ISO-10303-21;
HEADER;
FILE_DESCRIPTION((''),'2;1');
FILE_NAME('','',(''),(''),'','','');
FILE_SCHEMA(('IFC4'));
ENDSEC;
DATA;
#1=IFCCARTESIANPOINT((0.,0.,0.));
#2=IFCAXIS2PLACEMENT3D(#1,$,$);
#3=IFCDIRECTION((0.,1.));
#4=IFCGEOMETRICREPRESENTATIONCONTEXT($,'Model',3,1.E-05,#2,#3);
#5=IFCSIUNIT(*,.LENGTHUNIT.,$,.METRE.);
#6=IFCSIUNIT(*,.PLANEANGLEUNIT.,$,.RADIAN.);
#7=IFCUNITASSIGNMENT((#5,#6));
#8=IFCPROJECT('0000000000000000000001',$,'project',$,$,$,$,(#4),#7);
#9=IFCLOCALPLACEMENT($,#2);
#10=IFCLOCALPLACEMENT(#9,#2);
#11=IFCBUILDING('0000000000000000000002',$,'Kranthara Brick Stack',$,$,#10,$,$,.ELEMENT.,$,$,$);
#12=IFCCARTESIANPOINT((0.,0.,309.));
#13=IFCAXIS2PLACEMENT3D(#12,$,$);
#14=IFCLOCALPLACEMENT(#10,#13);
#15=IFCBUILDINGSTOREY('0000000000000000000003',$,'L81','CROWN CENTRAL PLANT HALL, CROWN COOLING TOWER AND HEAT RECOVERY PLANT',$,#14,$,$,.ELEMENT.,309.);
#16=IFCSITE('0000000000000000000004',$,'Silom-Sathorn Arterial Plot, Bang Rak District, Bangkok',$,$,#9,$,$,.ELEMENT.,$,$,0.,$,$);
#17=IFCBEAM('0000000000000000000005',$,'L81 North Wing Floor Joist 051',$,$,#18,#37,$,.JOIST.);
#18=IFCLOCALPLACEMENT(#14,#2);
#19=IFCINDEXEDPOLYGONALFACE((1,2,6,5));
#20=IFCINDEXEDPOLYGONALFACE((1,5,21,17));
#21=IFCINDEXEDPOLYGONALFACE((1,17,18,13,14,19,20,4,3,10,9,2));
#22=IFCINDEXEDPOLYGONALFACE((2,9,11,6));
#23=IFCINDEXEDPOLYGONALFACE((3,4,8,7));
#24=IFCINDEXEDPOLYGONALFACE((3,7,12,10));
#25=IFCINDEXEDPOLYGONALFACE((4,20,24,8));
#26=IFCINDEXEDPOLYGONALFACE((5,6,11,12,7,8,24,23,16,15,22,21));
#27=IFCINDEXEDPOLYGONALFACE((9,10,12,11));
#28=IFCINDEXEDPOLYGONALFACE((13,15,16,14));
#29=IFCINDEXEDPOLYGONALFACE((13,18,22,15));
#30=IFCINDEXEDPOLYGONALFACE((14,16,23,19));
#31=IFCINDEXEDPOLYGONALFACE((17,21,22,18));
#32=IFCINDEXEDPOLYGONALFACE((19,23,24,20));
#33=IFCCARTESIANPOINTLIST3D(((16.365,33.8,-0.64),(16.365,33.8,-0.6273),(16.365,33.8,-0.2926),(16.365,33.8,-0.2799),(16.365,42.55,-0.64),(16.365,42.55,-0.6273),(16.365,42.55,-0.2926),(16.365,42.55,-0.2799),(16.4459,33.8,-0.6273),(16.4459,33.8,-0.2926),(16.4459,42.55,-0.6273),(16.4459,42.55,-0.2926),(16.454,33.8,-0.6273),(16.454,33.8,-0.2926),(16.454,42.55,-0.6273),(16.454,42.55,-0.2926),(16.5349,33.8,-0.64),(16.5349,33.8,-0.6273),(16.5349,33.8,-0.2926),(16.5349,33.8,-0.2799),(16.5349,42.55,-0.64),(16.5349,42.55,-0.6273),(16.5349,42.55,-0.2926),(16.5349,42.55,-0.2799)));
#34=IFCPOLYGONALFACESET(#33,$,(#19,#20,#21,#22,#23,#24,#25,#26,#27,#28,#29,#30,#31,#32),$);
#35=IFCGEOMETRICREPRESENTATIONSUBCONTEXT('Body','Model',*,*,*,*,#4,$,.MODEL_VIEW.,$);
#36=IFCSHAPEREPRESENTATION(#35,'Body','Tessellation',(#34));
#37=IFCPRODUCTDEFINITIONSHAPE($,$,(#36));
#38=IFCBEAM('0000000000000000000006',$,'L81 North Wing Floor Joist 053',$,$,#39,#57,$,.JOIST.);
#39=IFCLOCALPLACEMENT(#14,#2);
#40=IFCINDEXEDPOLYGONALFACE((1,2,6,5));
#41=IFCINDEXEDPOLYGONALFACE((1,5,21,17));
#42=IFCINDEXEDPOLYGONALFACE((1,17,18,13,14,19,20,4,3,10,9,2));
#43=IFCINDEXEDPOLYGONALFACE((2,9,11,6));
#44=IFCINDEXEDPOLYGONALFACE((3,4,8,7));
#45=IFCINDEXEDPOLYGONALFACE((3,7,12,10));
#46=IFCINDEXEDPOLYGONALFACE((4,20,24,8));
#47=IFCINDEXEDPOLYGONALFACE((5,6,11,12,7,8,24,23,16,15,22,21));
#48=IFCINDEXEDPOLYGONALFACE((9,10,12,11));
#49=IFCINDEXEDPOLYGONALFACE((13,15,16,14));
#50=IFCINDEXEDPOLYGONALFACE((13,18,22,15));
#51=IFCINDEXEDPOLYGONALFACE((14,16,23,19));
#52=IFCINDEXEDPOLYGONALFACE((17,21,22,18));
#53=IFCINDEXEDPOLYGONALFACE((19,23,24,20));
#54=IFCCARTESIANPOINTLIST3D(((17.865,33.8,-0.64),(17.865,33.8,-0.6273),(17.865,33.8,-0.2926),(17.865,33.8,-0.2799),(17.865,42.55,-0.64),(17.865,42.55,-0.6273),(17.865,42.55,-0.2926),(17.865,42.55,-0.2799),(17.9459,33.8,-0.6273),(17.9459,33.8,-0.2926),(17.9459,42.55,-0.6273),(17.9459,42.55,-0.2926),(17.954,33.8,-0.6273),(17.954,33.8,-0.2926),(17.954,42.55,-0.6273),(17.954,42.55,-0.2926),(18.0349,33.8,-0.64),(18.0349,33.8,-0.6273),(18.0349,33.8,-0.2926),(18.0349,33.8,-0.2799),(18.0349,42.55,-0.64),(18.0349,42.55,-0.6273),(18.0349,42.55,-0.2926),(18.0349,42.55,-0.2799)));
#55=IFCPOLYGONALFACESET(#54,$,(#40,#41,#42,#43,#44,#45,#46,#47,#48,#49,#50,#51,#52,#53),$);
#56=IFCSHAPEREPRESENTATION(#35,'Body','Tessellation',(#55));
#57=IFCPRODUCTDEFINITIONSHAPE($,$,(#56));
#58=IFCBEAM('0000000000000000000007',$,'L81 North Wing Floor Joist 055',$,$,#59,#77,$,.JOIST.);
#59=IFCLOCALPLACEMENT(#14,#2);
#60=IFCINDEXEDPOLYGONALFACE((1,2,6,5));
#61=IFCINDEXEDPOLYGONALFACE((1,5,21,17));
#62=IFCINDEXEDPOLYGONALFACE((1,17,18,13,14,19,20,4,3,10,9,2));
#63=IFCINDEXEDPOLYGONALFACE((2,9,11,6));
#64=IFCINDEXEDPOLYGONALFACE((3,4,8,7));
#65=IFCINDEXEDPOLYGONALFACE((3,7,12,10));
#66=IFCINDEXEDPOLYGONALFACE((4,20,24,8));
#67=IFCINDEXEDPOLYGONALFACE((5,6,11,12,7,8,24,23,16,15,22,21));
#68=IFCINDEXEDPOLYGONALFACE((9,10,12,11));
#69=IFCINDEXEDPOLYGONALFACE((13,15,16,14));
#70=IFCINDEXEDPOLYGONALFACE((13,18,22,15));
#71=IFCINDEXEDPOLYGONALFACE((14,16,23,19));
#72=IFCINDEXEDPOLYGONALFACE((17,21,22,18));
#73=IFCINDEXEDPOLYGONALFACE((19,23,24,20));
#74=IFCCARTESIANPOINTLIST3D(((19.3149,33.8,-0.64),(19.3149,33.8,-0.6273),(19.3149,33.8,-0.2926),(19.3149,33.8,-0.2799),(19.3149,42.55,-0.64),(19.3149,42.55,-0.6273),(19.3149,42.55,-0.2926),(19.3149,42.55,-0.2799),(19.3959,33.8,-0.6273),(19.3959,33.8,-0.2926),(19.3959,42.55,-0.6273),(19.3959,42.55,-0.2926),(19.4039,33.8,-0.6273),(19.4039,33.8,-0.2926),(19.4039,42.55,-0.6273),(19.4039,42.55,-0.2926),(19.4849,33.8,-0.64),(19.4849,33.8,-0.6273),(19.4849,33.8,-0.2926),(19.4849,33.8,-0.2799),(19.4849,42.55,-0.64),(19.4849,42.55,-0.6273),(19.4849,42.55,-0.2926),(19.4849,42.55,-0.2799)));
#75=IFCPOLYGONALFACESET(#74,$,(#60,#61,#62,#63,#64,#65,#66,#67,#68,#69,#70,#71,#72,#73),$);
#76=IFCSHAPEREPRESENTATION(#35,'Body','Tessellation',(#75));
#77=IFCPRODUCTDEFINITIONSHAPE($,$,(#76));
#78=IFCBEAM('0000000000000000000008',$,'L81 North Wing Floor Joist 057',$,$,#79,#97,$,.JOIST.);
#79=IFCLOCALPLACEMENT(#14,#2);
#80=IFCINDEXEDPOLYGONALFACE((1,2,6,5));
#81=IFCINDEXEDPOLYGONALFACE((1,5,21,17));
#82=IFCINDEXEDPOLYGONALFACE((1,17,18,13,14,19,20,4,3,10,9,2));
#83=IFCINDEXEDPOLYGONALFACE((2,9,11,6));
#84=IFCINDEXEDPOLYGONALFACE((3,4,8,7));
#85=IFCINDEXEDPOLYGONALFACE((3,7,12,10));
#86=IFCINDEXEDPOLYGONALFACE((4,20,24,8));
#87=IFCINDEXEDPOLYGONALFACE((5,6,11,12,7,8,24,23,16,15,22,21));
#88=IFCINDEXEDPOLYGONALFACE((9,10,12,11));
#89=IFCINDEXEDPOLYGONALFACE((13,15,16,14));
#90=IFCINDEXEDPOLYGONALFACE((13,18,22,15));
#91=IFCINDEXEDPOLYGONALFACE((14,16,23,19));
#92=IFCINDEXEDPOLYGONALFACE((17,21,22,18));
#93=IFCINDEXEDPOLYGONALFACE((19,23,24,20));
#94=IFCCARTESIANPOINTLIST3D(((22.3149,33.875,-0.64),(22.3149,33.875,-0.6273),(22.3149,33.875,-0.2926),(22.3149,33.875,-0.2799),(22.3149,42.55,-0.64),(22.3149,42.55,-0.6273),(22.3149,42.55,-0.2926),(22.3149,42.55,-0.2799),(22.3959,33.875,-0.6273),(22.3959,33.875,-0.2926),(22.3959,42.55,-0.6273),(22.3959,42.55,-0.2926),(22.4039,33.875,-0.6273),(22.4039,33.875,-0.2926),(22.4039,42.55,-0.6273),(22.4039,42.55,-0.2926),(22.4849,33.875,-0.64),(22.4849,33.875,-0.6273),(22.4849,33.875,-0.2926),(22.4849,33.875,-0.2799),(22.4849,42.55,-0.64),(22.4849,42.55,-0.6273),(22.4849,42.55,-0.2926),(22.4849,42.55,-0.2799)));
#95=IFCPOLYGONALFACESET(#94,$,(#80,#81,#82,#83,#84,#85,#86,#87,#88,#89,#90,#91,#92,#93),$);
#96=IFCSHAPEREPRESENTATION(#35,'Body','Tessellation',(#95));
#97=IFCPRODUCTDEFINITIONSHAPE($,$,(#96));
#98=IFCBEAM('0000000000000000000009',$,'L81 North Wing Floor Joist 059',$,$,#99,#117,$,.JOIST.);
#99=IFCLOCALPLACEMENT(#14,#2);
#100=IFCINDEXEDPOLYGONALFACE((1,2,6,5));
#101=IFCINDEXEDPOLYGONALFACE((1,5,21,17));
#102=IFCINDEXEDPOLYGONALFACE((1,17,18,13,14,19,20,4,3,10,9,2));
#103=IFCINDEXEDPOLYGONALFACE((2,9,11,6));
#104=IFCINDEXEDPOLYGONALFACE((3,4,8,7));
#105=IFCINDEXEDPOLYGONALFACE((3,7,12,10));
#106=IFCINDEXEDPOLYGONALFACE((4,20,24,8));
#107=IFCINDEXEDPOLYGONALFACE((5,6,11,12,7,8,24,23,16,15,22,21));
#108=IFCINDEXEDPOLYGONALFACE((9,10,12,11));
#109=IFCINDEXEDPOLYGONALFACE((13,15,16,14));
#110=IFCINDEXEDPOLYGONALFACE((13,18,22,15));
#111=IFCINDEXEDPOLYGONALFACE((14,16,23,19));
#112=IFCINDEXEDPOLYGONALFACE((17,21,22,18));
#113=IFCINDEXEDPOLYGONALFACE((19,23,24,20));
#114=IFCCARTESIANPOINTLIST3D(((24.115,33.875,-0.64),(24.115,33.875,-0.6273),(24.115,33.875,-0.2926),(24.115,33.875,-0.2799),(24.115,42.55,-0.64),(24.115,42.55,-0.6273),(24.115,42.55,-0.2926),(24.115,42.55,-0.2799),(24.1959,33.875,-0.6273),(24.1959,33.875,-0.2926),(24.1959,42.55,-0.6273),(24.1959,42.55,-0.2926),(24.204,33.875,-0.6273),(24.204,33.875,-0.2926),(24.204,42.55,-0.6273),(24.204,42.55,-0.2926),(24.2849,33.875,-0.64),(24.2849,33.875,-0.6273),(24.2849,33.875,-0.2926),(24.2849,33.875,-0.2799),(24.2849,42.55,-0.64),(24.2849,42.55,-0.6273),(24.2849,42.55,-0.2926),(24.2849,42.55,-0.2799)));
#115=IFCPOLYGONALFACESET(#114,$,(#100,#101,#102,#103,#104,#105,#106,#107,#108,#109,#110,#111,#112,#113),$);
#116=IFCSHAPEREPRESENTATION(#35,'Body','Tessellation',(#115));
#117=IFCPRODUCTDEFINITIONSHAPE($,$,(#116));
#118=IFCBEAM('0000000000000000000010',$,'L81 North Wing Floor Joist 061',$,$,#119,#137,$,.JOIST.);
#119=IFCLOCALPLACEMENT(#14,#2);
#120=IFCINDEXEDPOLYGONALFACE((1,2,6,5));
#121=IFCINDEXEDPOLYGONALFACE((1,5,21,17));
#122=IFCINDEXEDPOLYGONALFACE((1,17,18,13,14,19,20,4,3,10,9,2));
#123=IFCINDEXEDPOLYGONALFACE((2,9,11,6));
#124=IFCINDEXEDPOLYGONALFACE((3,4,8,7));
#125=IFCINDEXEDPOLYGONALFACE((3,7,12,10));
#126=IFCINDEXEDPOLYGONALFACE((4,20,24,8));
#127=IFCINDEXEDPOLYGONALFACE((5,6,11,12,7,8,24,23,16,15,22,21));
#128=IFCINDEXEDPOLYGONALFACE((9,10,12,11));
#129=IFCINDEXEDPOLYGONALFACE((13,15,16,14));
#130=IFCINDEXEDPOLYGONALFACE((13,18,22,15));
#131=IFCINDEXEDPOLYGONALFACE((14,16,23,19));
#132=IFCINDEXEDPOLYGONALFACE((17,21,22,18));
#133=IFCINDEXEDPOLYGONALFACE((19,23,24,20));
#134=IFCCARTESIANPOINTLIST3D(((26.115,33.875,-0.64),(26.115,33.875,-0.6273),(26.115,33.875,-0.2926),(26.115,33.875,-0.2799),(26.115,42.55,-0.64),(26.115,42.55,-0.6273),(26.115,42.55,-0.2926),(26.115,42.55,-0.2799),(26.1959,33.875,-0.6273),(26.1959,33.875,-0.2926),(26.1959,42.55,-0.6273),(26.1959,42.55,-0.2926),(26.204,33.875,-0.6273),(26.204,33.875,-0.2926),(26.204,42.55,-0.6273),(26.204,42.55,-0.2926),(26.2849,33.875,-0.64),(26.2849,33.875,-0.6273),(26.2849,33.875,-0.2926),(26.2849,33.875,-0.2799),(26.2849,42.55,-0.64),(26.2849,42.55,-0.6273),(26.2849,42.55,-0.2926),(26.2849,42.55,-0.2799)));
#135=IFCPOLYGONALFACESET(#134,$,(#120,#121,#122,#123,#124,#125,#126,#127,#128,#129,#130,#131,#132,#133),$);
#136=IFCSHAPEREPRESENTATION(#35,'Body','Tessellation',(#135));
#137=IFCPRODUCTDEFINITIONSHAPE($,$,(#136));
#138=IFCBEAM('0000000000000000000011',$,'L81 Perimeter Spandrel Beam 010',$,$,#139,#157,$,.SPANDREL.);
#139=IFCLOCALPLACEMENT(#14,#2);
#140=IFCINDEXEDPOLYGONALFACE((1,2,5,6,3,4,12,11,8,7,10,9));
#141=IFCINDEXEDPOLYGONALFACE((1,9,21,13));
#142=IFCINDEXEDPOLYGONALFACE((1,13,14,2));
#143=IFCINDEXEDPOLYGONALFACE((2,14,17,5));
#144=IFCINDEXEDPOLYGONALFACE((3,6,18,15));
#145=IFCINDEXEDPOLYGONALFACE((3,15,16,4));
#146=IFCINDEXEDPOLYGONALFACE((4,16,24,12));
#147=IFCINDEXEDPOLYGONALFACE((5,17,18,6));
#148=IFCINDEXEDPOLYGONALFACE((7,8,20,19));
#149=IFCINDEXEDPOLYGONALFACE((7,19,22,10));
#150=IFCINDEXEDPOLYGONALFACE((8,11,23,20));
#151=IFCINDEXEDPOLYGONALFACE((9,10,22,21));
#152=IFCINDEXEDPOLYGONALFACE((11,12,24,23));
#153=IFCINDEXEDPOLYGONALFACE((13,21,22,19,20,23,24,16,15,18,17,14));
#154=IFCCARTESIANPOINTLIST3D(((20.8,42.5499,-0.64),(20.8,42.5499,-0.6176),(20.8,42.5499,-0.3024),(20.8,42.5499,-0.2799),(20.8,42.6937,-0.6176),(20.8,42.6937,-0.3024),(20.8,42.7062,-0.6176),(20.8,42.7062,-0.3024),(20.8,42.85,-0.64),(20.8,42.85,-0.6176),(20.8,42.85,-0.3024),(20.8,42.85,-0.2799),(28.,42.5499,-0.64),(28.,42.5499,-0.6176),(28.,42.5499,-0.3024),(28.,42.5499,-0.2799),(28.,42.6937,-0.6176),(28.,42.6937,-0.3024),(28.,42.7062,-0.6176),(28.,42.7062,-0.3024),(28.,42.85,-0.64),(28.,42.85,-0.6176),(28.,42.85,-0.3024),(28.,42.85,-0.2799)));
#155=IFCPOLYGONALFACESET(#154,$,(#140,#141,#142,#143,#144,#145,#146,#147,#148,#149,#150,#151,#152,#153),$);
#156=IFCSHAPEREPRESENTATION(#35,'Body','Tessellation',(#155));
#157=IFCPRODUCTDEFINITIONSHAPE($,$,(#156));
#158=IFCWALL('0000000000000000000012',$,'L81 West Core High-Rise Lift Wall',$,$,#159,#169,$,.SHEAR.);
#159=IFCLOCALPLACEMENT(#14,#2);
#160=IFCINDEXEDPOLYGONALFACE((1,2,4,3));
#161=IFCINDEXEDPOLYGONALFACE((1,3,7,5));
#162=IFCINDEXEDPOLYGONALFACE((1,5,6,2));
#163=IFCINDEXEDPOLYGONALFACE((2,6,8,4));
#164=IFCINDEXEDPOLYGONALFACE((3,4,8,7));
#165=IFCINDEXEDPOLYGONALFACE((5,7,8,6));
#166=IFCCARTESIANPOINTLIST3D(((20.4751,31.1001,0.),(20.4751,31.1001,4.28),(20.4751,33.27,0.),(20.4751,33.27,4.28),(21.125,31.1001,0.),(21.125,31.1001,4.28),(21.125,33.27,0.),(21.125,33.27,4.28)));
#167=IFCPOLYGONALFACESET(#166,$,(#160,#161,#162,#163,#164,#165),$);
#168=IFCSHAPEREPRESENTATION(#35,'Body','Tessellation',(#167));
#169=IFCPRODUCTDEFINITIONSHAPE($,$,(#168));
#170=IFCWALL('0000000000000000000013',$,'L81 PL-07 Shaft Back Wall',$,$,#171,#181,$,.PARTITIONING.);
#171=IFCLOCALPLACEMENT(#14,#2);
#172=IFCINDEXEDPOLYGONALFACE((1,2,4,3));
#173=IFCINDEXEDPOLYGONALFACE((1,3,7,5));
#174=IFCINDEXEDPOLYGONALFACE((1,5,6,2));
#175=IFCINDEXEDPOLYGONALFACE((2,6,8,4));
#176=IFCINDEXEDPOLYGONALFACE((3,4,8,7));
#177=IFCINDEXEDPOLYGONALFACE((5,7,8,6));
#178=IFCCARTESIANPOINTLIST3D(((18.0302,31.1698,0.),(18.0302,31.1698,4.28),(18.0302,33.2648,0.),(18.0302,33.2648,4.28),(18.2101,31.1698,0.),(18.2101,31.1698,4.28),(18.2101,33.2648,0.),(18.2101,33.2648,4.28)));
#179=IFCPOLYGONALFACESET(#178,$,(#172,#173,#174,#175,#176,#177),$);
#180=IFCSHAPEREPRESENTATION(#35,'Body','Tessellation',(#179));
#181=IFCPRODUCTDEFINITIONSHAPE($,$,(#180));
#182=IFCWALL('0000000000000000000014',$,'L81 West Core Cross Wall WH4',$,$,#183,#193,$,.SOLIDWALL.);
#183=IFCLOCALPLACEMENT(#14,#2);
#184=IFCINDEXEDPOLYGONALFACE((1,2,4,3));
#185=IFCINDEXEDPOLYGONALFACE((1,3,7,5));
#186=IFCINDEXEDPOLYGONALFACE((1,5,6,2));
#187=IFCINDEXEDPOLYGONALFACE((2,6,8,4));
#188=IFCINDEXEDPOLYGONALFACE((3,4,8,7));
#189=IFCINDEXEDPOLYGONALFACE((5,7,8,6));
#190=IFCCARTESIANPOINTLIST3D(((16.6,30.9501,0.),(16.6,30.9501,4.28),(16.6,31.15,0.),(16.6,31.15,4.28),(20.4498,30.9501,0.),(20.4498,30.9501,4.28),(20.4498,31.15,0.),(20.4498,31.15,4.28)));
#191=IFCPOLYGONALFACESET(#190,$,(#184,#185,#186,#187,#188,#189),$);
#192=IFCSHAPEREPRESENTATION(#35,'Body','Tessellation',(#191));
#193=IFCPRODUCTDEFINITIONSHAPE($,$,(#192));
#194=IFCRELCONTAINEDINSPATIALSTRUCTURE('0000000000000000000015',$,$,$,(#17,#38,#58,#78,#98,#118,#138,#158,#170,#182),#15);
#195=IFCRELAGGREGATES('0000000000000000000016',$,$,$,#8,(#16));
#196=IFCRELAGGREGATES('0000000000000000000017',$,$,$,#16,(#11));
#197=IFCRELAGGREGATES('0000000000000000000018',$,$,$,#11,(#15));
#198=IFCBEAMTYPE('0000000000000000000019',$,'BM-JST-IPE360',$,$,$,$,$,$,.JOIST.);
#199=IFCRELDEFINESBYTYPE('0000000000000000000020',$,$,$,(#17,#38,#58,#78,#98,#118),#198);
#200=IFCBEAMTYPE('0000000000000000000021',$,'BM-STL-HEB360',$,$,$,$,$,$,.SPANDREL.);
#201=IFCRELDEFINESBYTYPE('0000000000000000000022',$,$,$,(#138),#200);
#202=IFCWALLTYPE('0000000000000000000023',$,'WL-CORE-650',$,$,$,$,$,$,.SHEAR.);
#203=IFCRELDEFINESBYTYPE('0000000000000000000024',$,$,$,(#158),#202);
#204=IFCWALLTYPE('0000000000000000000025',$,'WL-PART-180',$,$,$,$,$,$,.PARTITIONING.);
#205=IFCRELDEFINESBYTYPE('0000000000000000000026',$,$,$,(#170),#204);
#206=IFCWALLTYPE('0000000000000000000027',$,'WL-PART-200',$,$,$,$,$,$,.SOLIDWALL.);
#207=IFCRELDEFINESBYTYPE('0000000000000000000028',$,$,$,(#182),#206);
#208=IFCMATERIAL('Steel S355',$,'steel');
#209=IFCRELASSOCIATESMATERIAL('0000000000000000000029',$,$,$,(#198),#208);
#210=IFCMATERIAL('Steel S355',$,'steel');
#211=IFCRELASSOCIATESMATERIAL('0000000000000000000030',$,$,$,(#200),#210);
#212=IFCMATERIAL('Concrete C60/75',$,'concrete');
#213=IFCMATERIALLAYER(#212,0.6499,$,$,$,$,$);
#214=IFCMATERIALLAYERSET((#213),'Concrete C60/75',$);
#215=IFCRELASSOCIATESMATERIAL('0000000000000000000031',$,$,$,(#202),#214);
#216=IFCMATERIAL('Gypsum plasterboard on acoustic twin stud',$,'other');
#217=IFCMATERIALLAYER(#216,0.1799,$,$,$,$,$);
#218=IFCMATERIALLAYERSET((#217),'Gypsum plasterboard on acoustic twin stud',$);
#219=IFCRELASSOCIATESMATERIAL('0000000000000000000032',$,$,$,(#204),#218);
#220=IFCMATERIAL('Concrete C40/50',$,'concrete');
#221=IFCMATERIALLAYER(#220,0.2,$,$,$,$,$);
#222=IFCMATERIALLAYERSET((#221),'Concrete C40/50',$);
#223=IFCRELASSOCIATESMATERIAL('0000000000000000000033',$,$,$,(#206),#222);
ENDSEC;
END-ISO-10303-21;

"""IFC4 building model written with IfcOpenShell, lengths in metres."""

from ifc_helpers import new_model, si_unit, direction, frame, frame_2d, origin, origin_2d, place, context, subcontext, project, spatial, rectangle, i_section, extrude, material, layer, layer_set, material_profile, profile_set, type_object, element, save


model = new_model("IFC4")

# Units and contexts
model_context = context("Model", 3, precision=1e-05, world=origin(), true_north=direction((0.0, 1.0)))
body_context = subcontext(model_context, "Body", "Model", "MODEL_VIEW")
ifc_project = project(units=[si_unit("LENGTHUNIT", "METRE"), si_unit("PLANEANGLEUNIT", "RADIAN")], contexts=[model_context])

# Site, building, storey
site_placement = place(None, origin())
site = spatial("IfcSite", under=ifc_project, at=site_placement, Name="Silom-Sathorn Arterial Plot, Bang Rak District, Bangkok", CompositionType="ELEMENT", RefElevation=0.0)
building_placement = place(site_placement, origin())
building = spatial("IfcBuilding", under=site, at=building_placement, Name="Kranthara Brick Stack", CompositionType="ELEMENT")
storey_placement = place(building_placement, frame((0.0, 0.0, 309.0)))
storey = spatial("IfcBuildingStorey", under=building, at=storey_placement, Name="L81", Description="CROWN CENTRAL PLANT HALL, CROWN COOLING TOWER AND HEAT RECOVERY PLANT", CompositionType="ELEMENT", Elevation=309.0)

# Beams
ifc_material_1 = material(Name="Steel S355", Category="steel")
ifc_material_profile_1 = material_profile(ifc_material_1, i_section(OverallWidth=0.1699, OverallDepth=0.3601, WebThickness=0.0081, FlangeThickness=0.0127, at=origin_2d()), Name="IPE 360")
ifc_profile_set_1 = profile_set([ifc_material_profile_1], Name="Steel S355")
beam_type_1 = type_object("IfcBeamType", Name="BM-JST-IPE360", PredefinedType="JOIST", material=ifc_profile_set_1)
for number, where, z_axis, x_axis, name in (
    (1, (16.45, 33.8, -0.46), (0.0, 1.0, 0.0), (-1.0, 0.0, 0.0), "L81 North Wing Floor Joist 051"),
    (2, (17.95, 33.8, -0.46), (0.0, 1.0, 0.0), (-1.0, 0.0, 0.0), "L81 North Wing Floor Joist 053"),
    (3, (19.3999, 33.8, -0.46), (0.0, 1.0, 0.0), (-1.0, 0.0, 0.0), "L81 North Wing Floor Joist 055"),
):
    element("IfcBeam", number, at=place(storey_placement, frame(where, z_axis=z_axis, x_axis=x_axis)), inside=storey, type_object=beam_type_1, Name=name, PredefinedType="JOIST", context=body_context, shape_type="SweptSolid", body=[
        extrude(i_section(OverallWidth=0.1699, OverallDepth=0.3601, WebThickness=0.0081, FlangeThickness=0.0127, at=origin_2d()), origin(), (0.0, 0.0, 1.0), 8.75),
    ])
for number, where, z_axis, x_axis, name in (
    (4, (22.3999, 33.875, -0.46), (0.0, 1.0, 0.0), (-1.0, 0.0, 0.0), "L81 North Wing Floor Joist 057"),
    (5, (24.2, 33.875, -0.46), (0.0, 1.0, 0.0), (-1.0, 0.0, 0.0), "L81 North Wing Floor Joist 059"),
    (6, (26.2, 33.875, -0.46), (0.0, 1.0, 0.0), (-1.0, 0.0, 0.0), "L81 North Wing Floor Joist 061"),
):
    element("IfcBeam", number, at=place(storey_placement, frame(where, z_axis=z_axis, x_axis=x_axis)), inside=storey, type_object=beam_type_1, Name=name, PredefinedType="JOIST", context=body_context, shape_type="SweptSolid", body=[
        extrude(i_section(OverallWidth=0.1699, OverallDepth=0.3601, WebThickness=0.0081, FlangeThickness=0.0127, at=origin_2d()), origin(), (0.0, 0.0, 1.0), 8.675),
    ])
ifc_material_2 = material(Name="Steel S355", Category="steel")
ifc_material_profile_2 = material_profile(ifc_material_2, i_section(OverallWidth=0.3, OverallDepth=0.3601, WebThickness=0.0125, FlangeThickness=0.0225, at=origin_2d()), Name="HEB 360")
ifc_profile_set_2 = profile_set([ifc_material_profile_2], Name="Steel S355")
beam_type_2 = type_object("IfcBeamType", Name="BM-STL-HEB360", PredefinedType="SPANDREL", material=ifc_profile_set_2)
beam_1_placement = place(storey_placement, frame((20.8, 42.7, -0.46), z_axis=(1.0, 0.0, 0.0), x_axis=(0.0, 1.0, 0.0)))
element("IfcBeam", 7, at=beam_1_placement, inside=storey, type_object=beam_type_2, Name="L81 Perimeter Spandrel Beam 010", PredefinedType="SPANDREL", context=body_context, shape_type="SweptSolid", body=[
    extrude(i_section(OverallWidth=0.3, OverallDepth=0.3601, WebThickness=0.0125, FlangeThickness=0.0225, at=origin_2d()), origin(), (0.0, 0.0, 1.0), 7.2),
])

# Walls
ifc_material_3 = material(Name="Concrete C60/75", Category="concrete")
ifc_layer_1 = layer(ifc_material_3, 0.6499)
ifc_layer_set_1 = layer_set([ifc_layer_1], Name="Concrete C60/75")
wall_type_1 = type_object("IfcWallType", Name="WL-CORE-650", PredefinedType="SHEAR", material=ifc_layer_set_1)
wall_1_placement = place(storey_placement, frame((20.8, 31.1001, 0.0), z_axis=(0.0, 0.0, 1.0), x_axis=(0.0, 1.0, 0.0)))
element("IfcWall", 8, at=wall_1_placement, inside=storey, type_object=wall_type_1, Name="L81 West Core High-Rise Lift Wall", PredefinedType="SHEAR", context=body_context, shape_type="SweptSolid", body=[
    extrude(rectangle(XDim=2.1699, YDim=0.6499, at=frame_2d((1.085, 0.0))), origin(), (0.0, 0.0, 1.0), 4.28),
])
ifc_material_4 = material(Name="Gypsum plasterboard on acoustic twin stud", Category="other")
ifc_layer_2 = layer(ifc_material_4, 0.1799)
ifc_layer_set_2 = layer_set([ifc_layer_2], Name="Gypsum plasterboard on acoustic twin stud")
wall_type_2 = type_object("IfcWallType", Name="WL-PART-180", PredefinedType="PARTITIONING", material=ifc_layer_set_2)
wall_2_placement = place(storey_placement, frame((18.1201, 31.1699, 0.0), z_axis=(0.0, 0.0, 1.0), x_axis=(0.0, 1.0, 0.0)))
element("IfcWall", 9, at=wall_2_placement, inside=storey, type_object=wall_type_2, Name="L81 PL-07 Shaft Back Wall", PredefinedType="PARTITIONING", context=body_context, shape_type="SweptSolid", body=[
    extrude(rectangle(XDim=2.095, YDim=0.1799, at=frame_2d((1.0474, 0.0))), origin(), (0.0, 0.0, 1.0), 4.28),
])
ifc_material_5 = material(Name="Concrete C40/50", Category="concrete")
ifc_layer_3 = layer(ifc_material_5, 0.2)
ifc_layer_set_3 = layer_set([ifc_layer_3], Name="Concrete C40/50")
wall_type_3 = type_object("IfcWallType", Name="WL-PART-200", PredefinedType="SOLIDWALL", material=ifc_layer_set_3)
wall_3_placement = place(storey_placement, frame((16.6001, 31.05, 0.0), z_axis=(0.0, 0.0, 1.0), x_axis=(1.0, 0.0, 0.0)))
element("IfcWall", 10, at=wall_3_placement, inside=storey, type_object=wall_type_3, Name="L81 West Core Cross Wall WH4", PredefinedType="SOLIDWALL", context=body_context, shape_type="SweptSolid", body=[
    extrude(rectangle(XDim=3.8499, YDim=0.2, at=frame_2d((1.9248, 0.0))), origin(), (0.0, 0.0, 1.0), 4.28),
])

save(model, "model.ifc")
